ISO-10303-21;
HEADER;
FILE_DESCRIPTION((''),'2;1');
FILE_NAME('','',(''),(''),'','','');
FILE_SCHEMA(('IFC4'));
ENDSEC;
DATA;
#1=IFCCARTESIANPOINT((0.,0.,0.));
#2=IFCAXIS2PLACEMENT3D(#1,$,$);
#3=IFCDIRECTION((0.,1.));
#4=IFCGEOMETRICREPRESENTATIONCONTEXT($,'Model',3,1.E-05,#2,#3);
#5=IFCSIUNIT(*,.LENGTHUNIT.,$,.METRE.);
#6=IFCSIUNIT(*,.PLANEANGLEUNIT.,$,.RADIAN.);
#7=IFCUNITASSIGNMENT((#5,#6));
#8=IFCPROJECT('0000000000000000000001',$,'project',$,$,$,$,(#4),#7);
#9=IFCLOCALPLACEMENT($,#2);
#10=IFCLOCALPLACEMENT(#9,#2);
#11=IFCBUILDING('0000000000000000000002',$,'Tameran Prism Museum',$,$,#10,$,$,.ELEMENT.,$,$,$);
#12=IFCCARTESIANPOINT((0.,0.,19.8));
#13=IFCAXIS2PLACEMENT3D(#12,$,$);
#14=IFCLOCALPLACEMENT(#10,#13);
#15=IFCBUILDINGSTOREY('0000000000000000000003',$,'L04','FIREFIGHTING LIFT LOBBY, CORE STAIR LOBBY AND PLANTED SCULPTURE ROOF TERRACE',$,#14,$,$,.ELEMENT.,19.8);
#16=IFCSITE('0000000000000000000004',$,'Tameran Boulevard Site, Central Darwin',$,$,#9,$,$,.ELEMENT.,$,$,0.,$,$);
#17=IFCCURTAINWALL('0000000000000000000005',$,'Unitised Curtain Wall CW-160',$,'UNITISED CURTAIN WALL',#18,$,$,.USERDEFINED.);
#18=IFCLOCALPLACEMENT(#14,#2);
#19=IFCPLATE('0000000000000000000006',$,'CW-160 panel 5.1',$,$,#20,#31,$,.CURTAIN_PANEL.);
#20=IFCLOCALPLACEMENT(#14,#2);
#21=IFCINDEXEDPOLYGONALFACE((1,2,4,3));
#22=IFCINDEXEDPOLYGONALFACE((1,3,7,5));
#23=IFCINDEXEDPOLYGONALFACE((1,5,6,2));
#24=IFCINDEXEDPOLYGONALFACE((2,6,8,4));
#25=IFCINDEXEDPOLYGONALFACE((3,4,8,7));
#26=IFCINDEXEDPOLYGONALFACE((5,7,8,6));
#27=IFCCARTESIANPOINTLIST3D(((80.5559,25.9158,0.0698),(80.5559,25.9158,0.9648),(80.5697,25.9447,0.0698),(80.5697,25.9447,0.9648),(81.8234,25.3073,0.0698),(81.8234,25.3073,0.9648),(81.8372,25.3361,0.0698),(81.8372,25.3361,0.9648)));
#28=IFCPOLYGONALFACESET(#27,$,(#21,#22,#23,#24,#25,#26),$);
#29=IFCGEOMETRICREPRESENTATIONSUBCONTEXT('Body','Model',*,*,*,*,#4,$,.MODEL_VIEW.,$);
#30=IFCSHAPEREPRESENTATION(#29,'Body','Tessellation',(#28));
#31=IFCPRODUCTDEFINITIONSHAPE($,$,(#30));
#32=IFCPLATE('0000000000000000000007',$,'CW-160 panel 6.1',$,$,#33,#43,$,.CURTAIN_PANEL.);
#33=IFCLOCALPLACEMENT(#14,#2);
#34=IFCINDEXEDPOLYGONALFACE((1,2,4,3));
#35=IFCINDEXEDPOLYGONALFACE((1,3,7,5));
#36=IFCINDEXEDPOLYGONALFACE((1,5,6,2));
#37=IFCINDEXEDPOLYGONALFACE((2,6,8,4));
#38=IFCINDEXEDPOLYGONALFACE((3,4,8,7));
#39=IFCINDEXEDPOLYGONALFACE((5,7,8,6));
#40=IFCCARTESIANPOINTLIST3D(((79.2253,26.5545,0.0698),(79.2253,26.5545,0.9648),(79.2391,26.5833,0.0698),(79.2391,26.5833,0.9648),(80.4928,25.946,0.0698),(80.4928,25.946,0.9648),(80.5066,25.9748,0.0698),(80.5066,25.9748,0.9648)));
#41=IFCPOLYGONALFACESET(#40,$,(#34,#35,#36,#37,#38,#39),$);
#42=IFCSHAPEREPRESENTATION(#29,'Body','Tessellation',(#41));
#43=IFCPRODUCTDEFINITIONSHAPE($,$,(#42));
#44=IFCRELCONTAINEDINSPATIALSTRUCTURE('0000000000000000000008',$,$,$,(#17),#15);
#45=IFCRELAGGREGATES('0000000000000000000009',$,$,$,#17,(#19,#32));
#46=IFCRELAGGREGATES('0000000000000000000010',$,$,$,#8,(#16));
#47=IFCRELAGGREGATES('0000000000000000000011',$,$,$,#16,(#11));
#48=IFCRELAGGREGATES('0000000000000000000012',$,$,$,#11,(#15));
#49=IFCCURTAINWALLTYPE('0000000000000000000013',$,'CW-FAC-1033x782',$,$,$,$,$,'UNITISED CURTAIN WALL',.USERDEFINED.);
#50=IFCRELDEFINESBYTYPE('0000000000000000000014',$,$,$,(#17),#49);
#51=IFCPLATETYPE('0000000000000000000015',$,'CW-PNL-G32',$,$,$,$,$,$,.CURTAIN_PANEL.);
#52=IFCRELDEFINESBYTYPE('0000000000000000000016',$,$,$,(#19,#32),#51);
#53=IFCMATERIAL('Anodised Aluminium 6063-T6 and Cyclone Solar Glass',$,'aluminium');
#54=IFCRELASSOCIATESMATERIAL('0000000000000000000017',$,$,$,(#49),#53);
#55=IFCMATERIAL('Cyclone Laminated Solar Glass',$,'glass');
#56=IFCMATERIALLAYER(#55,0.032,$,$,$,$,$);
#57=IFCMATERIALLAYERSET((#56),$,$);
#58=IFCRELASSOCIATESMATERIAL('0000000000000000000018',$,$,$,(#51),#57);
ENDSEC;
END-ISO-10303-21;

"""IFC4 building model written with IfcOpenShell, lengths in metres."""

from ifc_helpers import new_model, si_unit, direction, frame, origin, origin_2d, place, context, subcontext, project, spatial, rectangle, extrude, material, layer, layer_set, type_object, element, aggregate, save


model = new_model("IFC4")

# Units and contexts
model_context = context("Model", 3, precision=1e-05, world=origin(), true_north=direction((0.0, 1.0)))
body_context = subcontext(model_context, "Body", "Model", "MODEL_VIEW")
ifc_project = project(units=[si_unit("LENGTHUNIT", "METRE"), si_unit("PLANEANGLEUNIT", "RADIAN")], contexts=[model_context])

# Site, building, storey
site_placement = place(None, origin())
site = spatial("IfcSite", under=ifc_project, at=site_placement, Name="Tameran Boulevard Site, Central Darwin", CompositionType="ELEMENT", RefElevation=0.0)
building_placement = place(site_placement, origin())
building = spatial("IfcBuilding", under=site, at=building_placement, Name="Tameran Prism Museum", CompositionType="ELEMENT")
storey_placement = place(building_placement, frame((0.0, 0.0, 19.8)))
storey = spatial("IfcBuildingStorey", under=building, at=storey_placement, Name="L04", Description="FIREFIGHTING LIFT LOBBY, CORE STAIR LOBBY AND PLANTED SCULPTURE ROOF TERRACE", CompositionType="ELEMENT", Elevation=19.8)

# Curtain wall, plates
ifc_material_1 = material(Name="Anodised Aluminium 6063-T6 and Cyclone Solar Glass", Category="aluminium")
curtain_wall_type = type_object("IfcCurtainWallType", Name="CW-FAC-1033x782", ElementType="UNITISED CURTAIN WALL", PredefinedType="USERDEFINED", material=ifc_material_1)
curtain_wall_placement = place(storey_placement, origin())
curtain_wall = element("IfcCurtainWall", 1, at=curtain_wall_placement, inside=storey, type_object=curtain_wall_type, Name="Unitised Curtain Wall CW-160", ObjectType="UNITISED CURTAIN WALL", PredefinedType="USERDEFINED")
ifc_material_2 = material(Name="Cyclone Laminated Solar Glass", Category="glass")
ifc_layer = layer(ifc_material_2, 0.032)
ifc_layer_set = layer_set([ifc_layer])
plate_type = type_object("IfcPlateType", Name="CW-PNL-G32", PredefinedType="CURTAIN_PANEL", material=ifc_layer_set)
plate_1_placement = place(storey_placement, frame((81.1965, 25.626, 0.0698), z_axis=(0.0, 0.0, 1.0), x_axis=(-0.901475, 0.432832, 0.0)))
plate_1 = element("IfcPlate", 2, at=plate_1_placement, type_object=plate_type, Name="CW-160 panel 5.1", PredefinedType="CURTAIN_PANEL", context=body_context, shape_type="SweptSolid", body=[
    extrude(rectangle(XDim=1.406, YDim=0.032, at=origin_2d()), origin(), (0.0, 0.0, 1.0), 0.895),
])
plate_2_placement = place(storey_placement, frame((79.866, 26.2646, 0.0698), z_axis=(0.0, 0.0, 1.0), x_axis=(-0.901475, 0.432832, 0.0)))
plate_2 = element("IfcPlate", 3, at=plate_2_placement, type_object=plate_type, Name="CW-160 panel 6.1", PredefinedType="CURTAIN_PANEL", context=body_context, shape_type="SweptSolid", body=[
    extrude(rectangle(XDim=1.406, YDim=0.032, at=origin_2d()), origin(), (0.0, 0.0, 1.0), 0.895),
])
aggregate(curtain_wall, [plate_1, plate_2])

save(model, "model.ifc")
